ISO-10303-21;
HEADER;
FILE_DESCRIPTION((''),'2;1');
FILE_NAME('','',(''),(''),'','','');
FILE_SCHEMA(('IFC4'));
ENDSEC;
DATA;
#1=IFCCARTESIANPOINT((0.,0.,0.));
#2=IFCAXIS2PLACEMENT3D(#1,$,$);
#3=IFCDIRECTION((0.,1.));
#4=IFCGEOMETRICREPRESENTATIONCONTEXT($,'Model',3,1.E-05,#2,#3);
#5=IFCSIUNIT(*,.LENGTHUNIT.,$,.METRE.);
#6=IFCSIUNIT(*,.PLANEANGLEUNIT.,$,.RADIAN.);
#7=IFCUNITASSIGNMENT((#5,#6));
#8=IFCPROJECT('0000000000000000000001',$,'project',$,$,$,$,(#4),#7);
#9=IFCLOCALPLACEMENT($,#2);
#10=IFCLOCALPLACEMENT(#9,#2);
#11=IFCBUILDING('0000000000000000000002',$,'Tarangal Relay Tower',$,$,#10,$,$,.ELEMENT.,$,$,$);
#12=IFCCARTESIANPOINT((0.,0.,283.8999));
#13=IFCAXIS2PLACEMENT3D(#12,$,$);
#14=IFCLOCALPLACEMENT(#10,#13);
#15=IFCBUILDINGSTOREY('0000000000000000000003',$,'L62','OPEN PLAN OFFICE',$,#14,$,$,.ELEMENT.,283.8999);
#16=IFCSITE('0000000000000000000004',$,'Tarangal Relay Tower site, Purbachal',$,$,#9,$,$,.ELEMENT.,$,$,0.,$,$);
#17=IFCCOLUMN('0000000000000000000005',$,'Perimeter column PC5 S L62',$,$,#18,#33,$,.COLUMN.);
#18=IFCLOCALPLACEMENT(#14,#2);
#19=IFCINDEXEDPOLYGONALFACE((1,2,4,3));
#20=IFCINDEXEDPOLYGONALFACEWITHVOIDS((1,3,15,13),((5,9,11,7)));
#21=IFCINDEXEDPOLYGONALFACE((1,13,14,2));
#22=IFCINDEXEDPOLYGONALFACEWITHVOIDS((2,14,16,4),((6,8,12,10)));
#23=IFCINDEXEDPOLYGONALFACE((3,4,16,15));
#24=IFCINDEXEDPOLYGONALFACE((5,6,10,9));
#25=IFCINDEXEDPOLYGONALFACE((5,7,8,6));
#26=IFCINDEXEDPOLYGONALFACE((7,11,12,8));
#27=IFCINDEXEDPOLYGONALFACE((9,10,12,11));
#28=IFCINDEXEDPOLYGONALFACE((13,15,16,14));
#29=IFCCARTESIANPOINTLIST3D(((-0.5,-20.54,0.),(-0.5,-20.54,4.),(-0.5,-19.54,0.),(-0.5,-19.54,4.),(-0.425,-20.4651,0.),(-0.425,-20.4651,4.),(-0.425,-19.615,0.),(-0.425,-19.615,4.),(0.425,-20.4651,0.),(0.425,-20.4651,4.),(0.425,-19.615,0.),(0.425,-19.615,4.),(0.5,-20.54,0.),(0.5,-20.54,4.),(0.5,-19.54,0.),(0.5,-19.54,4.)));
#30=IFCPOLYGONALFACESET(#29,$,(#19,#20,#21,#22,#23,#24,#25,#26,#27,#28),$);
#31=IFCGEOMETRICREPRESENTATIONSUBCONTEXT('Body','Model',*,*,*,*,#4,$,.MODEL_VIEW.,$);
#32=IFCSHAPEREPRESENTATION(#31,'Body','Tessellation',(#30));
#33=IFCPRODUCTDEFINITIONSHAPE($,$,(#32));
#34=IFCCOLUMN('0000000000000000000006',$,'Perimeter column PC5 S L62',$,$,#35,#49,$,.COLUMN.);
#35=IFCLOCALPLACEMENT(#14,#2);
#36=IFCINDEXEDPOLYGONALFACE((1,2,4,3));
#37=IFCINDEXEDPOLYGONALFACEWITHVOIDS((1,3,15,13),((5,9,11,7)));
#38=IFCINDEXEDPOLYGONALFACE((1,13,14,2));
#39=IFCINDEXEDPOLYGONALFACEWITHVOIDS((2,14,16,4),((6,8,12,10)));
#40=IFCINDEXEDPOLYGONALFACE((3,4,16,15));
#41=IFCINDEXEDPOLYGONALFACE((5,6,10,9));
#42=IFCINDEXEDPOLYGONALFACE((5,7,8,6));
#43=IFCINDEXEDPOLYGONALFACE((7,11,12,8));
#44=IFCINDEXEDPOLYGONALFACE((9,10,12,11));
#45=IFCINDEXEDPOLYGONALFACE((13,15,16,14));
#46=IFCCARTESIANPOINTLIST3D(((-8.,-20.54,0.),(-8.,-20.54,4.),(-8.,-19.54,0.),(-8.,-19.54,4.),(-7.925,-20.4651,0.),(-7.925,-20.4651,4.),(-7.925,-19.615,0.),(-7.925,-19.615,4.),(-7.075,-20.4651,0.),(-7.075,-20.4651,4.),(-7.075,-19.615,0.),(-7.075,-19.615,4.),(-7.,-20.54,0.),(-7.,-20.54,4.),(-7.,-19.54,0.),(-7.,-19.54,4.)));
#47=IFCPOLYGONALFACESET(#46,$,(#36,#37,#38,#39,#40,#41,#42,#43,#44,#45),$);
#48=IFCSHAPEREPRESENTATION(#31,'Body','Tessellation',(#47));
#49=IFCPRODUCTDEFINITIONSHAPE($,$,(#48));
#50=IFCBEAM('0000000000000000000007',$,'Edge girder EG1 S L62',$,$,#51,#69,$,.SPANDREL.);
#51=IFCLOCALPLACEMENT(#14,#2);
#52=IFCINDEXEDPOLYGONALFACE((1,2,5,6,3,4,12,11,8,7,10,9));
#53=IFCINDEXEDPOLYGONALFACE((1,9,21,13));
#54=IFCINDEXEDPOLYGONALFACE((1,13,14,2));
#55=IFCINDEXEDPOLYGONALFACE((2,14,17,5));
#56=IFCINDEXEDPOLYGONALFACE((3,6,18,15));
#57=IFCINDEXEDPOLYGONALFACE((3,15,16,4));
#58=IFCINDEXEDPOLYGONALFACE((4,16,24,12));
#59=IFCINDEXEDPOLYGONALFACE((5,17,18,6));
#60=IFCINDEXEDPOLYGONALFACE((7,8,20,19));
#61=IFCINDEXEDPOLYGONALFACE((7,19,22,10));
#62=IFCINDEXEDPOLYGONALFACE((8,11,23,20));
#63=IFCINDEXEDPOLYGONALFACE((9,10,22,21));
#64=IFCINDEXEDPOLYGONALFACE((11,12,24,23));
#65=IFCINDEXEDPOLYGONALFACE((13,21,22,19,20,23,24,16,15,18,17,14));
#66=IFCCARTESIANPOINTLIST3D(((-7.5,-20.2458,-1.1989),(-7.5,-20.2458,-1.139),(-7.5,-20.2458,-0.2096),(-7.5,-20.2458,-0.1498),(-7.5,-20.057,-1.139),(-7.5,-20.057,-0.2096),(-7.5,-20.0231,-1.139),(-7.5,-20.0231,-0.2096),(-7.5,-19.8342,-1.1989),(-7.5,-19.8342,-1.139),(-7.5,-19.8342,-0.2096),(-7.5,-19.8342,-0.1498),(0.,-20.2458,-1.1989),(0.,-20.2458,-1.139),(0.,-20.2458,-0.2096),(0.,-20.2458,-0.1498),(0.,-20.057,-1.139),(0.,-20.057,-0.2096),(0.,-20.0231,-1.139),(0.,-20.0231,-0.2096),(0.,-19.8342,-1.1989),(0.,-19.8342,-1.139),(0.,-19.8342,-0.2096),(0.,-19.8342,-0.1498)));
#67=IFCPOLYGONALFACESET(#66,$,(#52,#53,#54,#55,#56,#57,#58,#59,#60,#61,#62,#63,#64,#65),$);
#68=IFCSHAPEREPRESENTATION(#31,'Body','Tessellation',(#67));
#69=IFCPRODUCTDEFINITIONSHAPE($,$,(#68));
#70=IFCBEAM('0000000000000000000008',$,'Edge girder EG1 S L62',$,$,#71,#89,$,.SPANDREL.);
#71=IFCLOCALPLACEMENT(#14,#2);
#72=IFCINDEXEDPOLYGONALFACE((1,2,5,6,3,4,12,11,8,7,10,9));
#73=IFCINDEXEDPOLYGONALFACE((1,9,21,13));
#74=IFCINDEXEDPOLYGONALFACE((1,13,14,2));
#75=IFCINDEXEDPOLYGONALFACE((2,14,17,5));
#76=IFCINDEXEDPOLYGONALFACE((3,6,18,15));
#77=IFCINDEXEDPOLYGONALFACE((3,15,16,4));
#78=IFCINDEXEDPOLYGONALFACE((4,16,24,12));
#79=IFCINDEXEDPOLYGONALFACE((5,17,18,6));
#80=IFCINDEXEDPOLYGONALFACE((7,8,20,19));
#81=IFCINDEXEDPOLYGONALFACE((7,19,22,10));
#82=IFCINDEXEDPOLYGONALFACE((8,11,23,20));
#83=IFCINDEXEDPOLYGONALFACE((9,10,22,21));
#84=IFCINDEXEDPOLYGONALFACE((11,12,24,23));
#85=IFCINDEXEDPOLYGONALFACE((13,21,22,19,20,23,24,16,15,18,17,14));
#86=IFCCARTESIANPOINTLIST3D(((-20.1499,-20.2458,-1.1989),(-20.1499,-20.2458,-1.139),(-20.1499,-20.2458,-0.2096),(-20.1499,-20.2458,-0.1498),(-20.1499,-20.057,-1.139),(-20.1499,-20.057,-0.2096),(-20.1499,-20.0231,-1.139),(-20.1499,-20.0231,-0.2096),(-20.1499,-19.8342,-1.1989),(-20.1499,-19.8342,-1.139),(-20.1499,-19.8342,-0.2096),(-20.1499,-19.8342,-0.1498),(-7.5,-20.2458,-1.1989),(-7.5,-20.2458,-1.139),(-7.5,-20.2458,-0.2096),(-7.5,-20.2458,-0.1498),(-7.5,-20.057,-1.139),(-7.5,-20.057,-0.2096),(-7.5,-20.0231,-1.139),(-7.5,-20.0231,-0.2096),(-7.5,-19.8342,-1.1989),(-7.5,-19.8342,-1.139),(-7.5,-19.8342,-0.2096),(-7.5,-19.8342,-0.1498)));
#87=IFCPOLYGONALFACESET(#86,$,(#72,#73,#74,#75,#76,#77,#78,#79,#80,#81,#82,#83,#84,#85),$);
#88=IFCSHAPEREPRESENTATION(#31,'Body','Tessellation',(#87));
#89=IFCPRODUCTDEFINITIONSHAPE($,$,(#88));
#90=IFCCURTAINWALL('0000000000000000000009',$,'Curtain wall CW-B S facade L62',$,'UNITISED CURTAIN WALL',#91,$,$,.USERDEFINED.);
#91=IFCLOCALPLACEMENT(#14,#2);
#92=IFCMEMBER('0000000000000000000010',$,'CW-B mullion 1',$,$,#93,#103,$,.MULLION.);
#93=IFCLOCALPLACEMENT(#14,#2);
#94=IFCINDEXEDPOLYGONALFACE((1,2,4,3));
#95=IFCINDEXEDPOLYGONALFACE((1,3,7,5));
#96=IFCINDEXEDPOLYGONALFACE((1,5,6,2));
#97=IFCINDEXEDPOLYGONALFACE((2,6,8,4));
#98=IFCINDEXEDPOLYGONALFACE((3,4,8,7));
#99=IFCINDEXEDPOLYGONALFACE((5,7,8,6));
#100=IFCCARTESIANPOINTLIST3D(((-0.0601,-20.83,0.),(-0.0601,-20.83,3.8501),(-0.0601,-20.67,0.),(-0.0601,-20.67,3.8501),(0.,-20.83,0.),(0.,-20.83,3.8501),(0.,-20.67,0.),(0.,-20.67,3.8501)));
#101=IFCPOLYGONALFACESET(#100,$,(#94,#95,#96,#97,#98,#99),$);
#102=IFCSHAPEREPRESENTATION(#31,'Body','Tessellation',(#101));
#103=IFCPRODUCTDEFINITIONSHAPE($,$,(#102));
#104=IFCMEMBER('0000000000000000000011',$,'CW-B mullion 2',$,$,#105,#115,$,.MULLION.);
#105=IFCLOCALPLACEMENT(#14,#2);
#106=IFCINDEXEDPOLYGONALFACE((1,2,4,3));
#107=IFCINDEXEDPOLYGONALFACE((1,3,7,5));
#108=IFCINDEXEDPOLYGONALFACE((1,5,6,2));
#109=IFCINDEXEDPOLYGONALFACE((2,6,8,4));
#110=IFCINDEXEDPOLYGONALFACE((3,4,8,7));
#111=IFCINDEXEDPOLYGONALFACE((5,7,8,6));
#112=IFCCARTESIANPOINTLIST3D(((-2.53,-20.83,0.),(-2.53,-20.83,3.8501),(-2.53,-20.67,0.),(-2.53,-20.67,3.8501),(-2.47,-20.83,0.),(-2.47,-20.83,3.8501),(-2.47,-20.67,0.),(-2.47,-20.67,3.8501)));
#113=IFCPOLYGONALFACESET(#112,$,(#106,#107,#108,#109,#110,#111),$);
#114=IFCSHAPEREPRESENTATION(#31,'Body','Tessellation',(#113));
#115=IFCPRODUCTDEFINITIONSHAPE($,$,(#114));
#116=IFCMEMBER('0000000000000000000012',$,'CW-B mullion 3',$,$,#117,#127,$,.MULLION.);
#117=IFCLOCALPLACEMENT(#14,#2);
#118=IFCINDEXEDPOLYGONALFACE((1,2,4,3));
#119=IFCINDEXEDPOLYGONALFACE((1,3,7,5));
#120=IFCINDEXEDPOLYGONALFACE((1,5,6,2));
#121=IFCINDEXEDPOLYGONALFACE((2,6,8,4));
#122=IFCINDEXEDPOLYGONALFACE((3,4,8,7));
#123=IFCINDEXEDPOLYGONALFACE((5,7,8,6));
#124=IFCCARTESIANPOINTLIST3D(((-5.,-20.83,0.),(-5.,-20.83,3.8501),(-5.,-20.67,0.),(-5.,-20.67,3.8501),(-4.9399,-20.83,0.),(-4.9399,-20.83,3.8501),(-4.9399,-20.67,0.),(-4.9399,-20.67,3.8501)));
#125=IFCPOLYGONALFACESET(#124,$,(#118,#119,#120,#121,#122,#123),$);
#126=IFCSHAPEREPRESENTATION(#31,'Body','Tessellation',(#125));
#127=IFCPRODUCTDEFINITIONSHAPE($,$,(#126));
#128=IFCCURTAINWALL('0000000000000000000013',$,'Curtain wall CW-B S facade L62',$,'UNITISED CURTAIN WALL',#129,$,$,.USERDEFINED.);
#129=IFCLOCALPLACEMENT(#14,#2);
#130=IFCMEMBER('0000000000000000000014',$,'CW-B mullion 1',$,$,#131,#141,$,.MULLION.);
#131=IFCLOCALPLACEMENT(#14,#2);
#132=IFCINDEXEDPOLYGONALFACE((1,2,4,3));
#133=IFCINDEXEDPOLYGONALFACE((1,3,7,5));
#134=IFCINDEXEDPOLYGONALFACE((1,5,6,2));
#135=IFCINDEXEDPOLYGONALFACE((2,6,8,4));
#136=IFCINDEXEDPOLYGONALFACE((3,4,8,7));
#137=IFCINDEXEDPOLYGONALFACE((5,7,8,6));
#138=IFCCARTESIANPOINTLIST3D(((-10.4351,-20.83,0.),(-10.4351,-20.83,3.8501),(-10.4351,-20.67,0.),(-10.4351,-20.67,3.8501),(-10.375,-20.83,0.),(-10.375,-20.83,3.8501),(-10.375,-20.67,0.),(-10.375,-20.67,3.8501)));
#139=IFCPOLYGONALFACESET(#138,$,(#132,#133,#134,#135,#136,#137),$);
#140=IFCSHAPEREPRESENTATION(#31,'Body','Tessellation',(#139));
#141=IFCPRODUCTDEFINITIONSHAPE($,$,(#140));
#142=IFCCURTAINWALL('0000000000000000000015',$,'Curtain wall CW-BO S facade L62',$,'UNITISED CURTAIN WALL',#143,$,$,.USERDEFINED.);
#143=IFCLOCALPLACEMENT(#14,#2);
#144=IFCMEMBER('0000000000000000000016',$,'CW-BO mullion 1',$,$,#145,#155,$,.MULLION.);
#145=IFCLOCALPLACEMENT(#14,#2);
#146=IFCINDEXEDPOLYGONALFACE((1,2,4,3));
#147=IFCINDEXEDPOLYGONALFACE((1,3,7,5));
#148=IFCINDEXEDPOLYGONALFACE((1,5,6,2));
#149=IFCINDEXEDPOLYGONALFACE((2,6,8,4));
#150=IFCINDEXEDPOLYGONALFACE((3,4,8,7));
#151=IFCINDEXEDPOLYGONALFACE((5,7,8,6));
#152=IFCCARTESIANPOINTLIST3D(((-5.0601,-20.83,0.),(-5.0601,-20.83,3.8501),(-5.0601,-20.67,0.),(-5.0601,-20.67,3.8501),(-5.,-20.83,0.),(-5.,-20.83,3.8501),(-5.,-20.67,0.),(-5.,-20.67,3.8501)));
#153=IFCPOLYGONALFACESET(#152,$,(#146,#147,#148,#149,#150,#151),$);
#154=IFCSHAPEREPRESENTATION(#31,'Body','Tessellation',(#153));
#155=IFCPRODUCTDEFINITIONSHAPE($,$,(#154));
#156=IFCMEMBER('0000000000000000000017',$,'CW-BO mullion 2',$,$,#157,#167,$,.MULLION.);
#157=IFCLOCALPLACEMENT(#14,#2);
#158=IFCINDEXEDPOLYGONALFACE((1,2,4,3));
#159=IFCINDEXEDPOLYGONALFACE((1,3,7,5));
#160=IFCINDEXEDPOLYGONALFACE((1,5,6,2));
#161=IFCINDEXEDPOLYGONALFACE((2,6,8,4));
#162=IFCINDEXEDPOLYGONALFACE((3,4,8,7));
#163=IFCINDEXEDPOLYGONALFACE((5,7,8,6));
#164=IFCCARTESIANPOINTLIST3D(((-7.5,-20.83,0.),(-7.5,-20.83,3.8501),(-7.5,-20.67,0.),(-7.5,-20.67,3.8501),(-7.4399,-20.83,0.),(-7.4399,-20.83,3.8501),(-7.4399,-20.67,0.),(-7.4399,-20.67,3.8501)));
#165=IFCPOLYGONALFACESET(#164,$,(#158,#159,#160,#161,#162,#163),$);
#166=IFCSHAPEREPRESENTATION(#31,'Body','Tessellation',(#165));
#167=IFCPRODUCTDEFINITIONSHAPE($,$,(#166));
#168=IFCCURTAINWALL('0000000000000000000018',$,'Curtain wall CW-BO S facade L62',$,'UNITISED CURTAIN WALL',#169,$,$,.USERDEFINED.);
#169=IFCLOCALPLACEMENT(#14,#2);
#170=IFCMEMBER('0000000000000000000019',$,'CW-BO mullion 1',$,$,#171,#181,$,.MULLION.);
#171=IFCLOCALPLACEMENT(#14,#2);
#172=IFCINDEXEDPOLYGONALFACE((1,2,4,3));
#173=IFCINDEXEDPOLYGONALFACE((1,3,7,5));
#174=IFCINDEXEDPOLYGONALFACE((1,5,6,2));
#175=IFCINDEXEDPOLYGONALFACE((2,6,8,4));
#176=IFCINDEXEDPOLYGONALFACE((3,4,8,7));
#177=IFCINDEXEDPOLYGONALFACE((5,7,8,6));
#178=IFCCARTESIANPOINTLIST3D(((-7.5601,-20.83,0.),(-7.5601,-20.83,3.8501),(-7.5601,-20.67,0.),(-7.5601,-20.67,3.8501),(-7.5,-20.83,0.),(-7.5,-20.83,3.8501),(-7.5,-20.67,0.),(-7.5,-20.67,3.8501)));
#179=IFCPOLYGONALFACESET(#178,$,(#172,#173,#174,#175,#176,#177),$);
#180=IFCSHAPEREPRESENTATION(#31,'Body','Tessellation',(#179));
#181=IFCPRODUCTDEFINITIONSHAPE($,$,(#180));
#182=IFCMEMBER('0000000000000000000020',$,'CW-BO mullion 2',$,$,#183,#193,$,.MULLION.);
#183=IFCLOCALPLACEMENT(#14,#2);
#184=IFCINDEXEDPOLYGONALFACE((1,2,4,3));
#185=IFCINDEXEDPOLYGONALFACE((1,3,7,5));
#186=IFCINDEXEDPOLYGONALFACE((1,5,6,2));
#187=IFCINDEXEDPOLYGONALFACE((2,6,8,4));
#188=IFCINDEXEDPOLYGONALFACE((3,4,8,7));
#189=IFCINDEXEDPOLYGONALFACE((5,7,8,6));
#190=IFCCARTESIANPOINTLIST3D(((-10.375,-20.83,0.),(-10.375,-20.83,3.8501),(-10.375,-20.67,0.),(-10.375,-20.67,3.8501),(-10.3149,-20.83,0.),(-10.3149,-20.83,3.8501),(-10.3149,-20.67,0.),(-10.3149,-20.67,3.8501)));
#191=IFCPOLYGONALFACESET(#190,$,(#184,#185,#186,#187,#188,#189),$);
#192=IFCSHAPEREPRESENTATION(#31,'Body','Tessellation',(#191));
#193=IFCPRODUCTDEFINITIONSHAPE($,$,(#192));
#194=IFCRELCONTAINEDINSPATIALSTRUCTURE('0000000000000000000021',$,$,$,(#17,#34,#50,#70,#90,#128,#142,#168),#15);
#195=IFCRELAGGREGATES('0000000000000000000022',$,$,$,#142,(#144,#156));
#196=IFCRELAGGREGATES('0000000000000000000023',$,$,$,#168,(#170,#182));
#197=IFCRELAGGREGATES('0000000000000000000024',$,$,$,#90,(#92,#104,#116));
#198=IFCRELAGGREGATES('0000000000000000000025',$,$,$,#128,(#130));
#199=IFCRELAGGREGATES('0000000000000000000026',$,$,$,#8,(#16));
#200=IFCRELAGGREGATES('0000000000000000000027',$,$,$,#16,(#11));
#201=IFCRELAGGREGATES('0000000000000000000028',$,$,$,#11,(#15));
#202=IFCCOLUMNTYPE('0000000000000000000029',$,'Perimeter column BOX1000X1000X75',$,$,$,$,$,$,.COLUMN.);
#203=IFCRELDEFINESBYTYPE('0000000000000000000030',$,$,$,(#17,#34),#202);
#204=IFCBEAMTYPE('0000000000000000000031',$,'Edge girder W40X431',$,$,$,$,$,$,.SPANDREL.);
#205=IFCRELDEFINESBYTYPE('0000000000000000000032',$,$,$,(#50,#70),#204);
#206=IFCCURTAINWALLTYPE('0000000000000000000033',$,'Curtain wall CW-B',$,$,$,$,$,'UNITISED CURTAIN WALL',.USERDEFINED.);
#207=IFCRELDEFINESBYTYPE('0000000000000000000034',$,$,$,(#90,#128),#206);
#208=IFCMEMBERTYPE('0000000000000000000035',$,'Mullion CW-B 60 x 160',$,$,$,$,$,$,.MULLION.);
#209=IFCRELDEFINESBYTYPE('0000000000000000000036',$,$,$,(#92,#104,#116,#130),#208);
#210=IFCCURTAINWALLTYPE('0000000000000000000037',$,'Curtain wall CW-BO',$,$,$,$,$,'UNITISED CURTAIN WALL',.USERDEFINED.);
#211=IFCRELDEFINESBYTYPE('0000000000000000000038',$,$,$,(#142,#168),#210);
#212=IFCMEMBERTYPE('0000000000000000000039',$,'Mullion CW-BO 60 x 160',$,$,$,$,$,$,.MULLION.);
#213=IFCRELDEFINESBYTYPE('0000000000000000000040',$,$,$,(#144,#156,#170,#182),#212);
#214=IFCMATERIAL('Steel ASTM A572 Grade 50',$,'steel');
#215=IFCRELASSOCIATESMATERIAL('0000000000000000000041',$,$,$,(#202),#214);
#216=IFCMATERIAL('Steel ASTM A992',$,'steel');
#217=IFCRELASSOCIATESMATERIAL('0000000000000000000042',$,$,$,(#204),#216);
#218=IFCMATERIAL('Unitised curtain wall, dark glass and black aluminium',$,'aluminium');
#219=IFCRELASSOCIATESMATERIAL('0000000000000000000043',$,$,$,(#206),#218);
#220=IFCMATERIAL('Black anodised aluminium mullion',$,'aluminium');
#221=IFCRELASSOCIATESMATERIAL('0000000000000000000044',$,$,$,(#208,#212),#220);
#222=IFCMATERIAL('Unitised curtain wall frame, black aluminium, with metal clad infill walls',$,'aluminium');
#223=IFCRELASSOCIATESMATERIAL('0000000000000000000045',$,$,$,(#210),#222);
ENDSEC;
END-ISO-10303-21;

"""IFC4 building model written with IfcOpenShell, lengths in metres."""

from ifc_helpers import new_model, si_unit, direction, frame, origin, origin_2d, place, context, subcontext, project, spatial, rectangle, hollow_rectangle, i_section, extrude, material, material_profile, profile_set, type_object, element, aggregate, save


model = new_model("IFC4")

# Units and contexts
model_context = context("Model", 3, precision=1e-05, world=origin(), true_north=direction((0.0, 1.0)))
body_context = subcontext(model_context, "Body", "Model", "MODEL_VIEW")
ifc_project = project(units=[si_unit("LENGTHUNIT", "METRE"), si_unit("PLANEANGLEUNIT", "RADIAN")], contexts=[model_context])

# Site, building, storey
site_placement = place(None, origin())
site = spatial("IfcSite", under=ifc_project, at=site_placement, Name="Tarangal Relay Tower site, Purbachal", CompositionType="ELEMENT", RefElevation=0.0)
building_placement = place(site_placement, origin())
building = spatial("IfcBuilding", under=site, at=building_placement, Name="Tarangal Relay Tower", CompositionType="ELEMENT")
storey_placement = place(building_placement, frame((0.0, 0.0, 283.8999)))
storey = spatial("IfcBuildingStorey", under=building, at=storey_placement, Name="L62", Description="OPEN PLAN OFFICE", CompositionType="ELEMENT", Elevation=283.8999)

# Columns
ifc_material_1 = material(Name="Steel ASTM A572 Grade 50", Category="steel")
ifc_material_profile_1 = material_profile(ifc_material_1, hollow_rectangle(XDim=1.0, YDim=1.0, WallThickness=0.075, at=origin_2d()), Name="BOX1000X1000X75")
ifc_profile_set_1 = profile_set([ifc_material_profile_1], Name="Steel ASTM A572 Grade 50")
column_type = type_object("IfcColumnType", Name="Perimeter column BOX1000X1000X75", PredefinedType="COLUMN", material=ifc_profile_set_1)
for number, where, z_axis, x_axis, name in (
    (1, (0.0, -20.04, 0.0), (0.0, 0.0, 1.0), (1.0, 0.0, 0.0), "Perimeter column PC5 S L62"),
    (2, (-7.5, -20.04, 0.0), (0.0, 0.0, 1.0), (1.0, 0.0, 0.0), "Perimeter column PC5 S L62"),
):
    element("IfcColumn", number, at=place(storey_placement, frame(where, z_axis=z_axis, x_axis=x_axis)), inside=storey, type_object=column_type, Name=name, PredefinedType="COLUMN", context=body_context, shape_type="SweptSolid", body=[
        extrude(hollow_rectangle(XDim=1.0, YDim=1.0, WallThickness=0.075, at=origin_2d()), origin(), (0.0, 0.0, 1.0), 4.0),
    ])

# Beams
ifc_material_2 = material(Name="Steel ASTM A992", Category="steel")
ifc_material_profile_2 = material_profile(ifc_material_2, i_section(OverallWidth=0.4116, OverallDepth=1.0491, WebThickness=0.0339, FlangeThickness=0.0598, at=origin_2d()), Name="W40X431")
ifc_profile_set_2 = profile_set([ifc_material_profile_2], Name="Steel ASTM A992")
beam_type = type_object("IfcBeamType", Name="Edge girder W40X431", PredefinedType="SPANDREL", material=ifc_profile_set_2)
beam_1_placement = place(storey_placement, frame((0.0, -20.04, -0.6743), z_axis=(-1.0, 0.0, 0.0), x_axis=(0.0, -1.0, 0.0)))
element("IfcBeam", 3, at=beam_1_placement, inside=storey, type_object=beam_type, Name="Edge girder EG1 S L62", PredefinedType="SPANDREL", context=body_context, shape_type="SweptSolid", body=[
    extrude(i_section(OverallWidth=0.4116, OverallDepth=1.0491, WebThickness=0.0339, FlangeThickness=0.0598, at=origin_2d()), origin(), (0.0, 0.0, 1.0), 7.5),
])
beam_2_placement = place(storey_placement, frame((-7.5, -20.04, -0.6743), z_axis=(-1.0, 0.0, 0.0), x_axis=(0.0, -1.0, 0.0)))
element("IfcBeam", 4, at=beam_2_placement, inside=storey, type_object=beam_type, Name="Edge girder EG1 S L62", PredefinedType="SPANDREL", context=body_context, shape_type="SweptSolid", body=[
    extrude(i_section(OverallWidth=0.4116, OverallDepth=1.0491, WebThickness=0.0339, FlangeThickness=0.0598, at=origin_2d()), origin(), (0.0, 0.0, 1.0), 12.6499),
])

# Curtain wall, members
ifc_material_3 = material(Name="Unitised curtain wall, dark glass and black aluminium", Category="aluminium")
curtain_wall_type_1 = type_object("IfcCurtainWallType", Name="Curtain wall CW-B", ElementType="UNITISED CURTAIN WALL", PredefinedType="USERDEFINED", material=ifc_material_3)
curtain_wall_1_placement = place(storey_placement, origin())
curtain_wall_1 = element("IfcCurtainWall", 5, at=curtain_wall_1_placement, inside=storey, type_object=curtain_wall_type_1, Name="Curtain wall CW-B S facade L62", ObjectType="UNITISED CURTAIN WALL", PredefinedType="USERDEFINED")
ifc_material_4 = material(Name="Black anodised aluminium mullion", Category="aluminium")
ifc_material_profile_3 = material_profile(ifc_material_4, rectangle(XDim=0.1599, YDim=0.0601, at=origin_2d()), Name="CW-BM 60X160")
ifc_profile_set_3 = profile_set([ifc_material_profile_3], Name="Black anodised aluminium mullion")
member_type_1 = type_object("IfcMemberType", Name="Mullion CW-B 60 x 160", PredefinedType="MULLION", material=ifc_profile_set_3)
member_1_placement = place(storey_placement, frame((-0.03, -20.75, 0.0), z_axis=(0.0, 0.0, 1.0), x_axis=(0.0, -1.0, 0.0)))
member_1 = element("IfcMember", 6, at=member_1_placement, type_object=member_type_1, Name="CW-B mullion 1", PredefinedType="MULLION", context=body_context, shape_type="SweptSolid", body=[
    extrude(rectangle(XDim=0.1599, YDim=0.0601, at=origin_2d()), origin(), (0.0, 0.0, 1.0), 3.8501),
])
member_2_placement = place(storey_placement, frame((-2.5, -20.75, 0.0), z_axis=(0.0, 0.0, 1.0), x_axis=(0.0, -1.0, 0.0)))
member_2 = element("IfcMember", 7, at=member_2_placement, type_object=member_type_1, Name="CW-B mullion 2", PredefinedType="MULLION", context=body_context, shape_type="SweptSolid", body=[
    extrude(rectangle(XDim=0.1599, YDim=0.0601, at=origin_2d()), origin(), (0.0, 0.0, 1.0), 3.8501),
])
member_3_placement = place(storey_placement, frame((-4.97, -20.75, 0.0), z_axis=(0.0, 0.0, 1.0), x_axis=(0.0, -1.0, 0.0)))
member_3 = element("IfcMember", 8, at=member_3_placement, type_object=member_type_1, Name="CW-B mullion 3", PredefinedType="MULLION", context=body_context, shape_type="SweptSolid", body=[
    extrude(rectangle(XDim=0.1599, YDim=0.0601, at=origin_2d()), origin(), (0.0, 0.0, 1.0), 3.8501),
])

# Curtain wall, member
curtain_wall_2_placement = place(storey_placement, origin())
curtain_wall_2 = element("IfcCurtainWall", 9, at=curtain_wall_2_placement, inside=storey, type_object=curtain_wall_type_1, Name="Curtain wall CW-B S facade L62", ObjectType="UNITISED CURTAIN WALL", PredefinedType="USERDEFINED")
member_4_placement = place(storey_placement, frame((-10.405, -20.75, 0.0), z_axis=(0.0, 0.0, 1.0), x_axis=(0.0, -1.0, 0.0)))
member_4 = element("IfcMember", 10, at=member_4_placement, type_object=member_type_1, Name="CW-B mullion 1", PredefinedType="MULLION", context=body_context, shape_type="SweptSolid", body=[
    extrude(rectangle(XDim=0.1599, YDim=0.0601, at=origin_2d()), origin(), (0.0, 0.0, 1.0), 3.8501),
])

# Curtain walls, members
ifc_material_5 = material(Name="Unitised curtain wall frame, black aluminium, with metal clad infill walls", Category="aluminium")
curtain_wall_type_2 = type_object("IfcCurtainWallType", Name="Curtain wall CW-BO", ElementType="UNITISED CURTAIN WALL", PredefinedType="USERDEFINED", material=ifc_material_5)
curtain_wall_3_placement = place(storey_placement, origin())
curtain_wall_3 = element("IfcCurtainWall", 11, at=curtain_wall_3_placement, inside=storey, type_object=curtain_wall_type_2, Name="Curtain wall CW-BO S facade L62", ObjectType="UNITISED CURTAIN WALL", PredefinedType="USERDEFINED")
ifc_material_profile_4 = material_profile(ifc_material_4, rectangle(XDim=0.1599, YDim=0.0601, at=origin_2d()), Name="CW-BOM 60X160")
ifc_profile_set_4 = profile_set([ifc_material_profile_4], Name="Black anodised aluminium mullion")
member_type_2 = type_object("IfcMemberType", Name="Mullion CW-BO 60 x 160", PredefinedType="MULLION", material=ifc_profile_set_4)
member_5_placement = place(storey_placement, frame((-5.03, -20.75, 0.0), z_axis=(0.0, 0.0, 1.0), x_axis=(0.0, -1.0, 0.0)))
member_5 = element("IfcMember", 12, at=member_5_placement, type_object=member_type_2, Name="CW-BO mullion 1", PredefinedType="MULLION", context=body_context, shape_type="SweptSolid", body=[
    extrude(rectangle(XDim=0.1599, YDim=0.0601, at=origin_2d()), origin(), (0.0, 0.0, 1.0), 3.8501),
])
member_6_placement = place(storey_placement, frame((-7.47, -20.75, 0.0), z_axis=(0.0, 0.0, 1.0), x_axis=(0.0, -1.0, 0.0)))
member_6 = element("IfcMember", 13, at=member_6_placement, type_object=member_type_2, Name="CW-BO mullion 2", PredefinedType="MULLION", context=body_context, shape_type="SweptSolid", body=[
    extrude(rectangle(XDim=0.1599, YDim=0.0601, at=origin_2d()), origin(), (0.0, 0.0, 1.0), 3.8501),
])
curtain_wall_4_placement = place(storey_placement, origin())
curtain_wall_4 = element("IfcCurtainWall", 14, at=curtain_wall_4_placement, inside=storey, type_object=curtain_wall_type_2, Name="Curtain wall CW-BO S facade L62", ObjectType="UNITISED CURTAIN WALL", PredefinedType="USERDEFINED")
member_7_placement = place(storey_placement, frame((-7.53, -20.75, 0.0), z_axis=(0.0, 0.0, 1.0), x_axis=(0.0, -1.0, 0.0)))
member_7 = element("IfcMember", 15, at=member_7_placement, type_object=member_type_2, Name="CW-BO mullion 1", PredefinedType="MULLION", context=body_context, shape_type="SweptSolid", body=[
    extrude(rectangle(XDim=0.1599, YDim=0.0601, at=origin_2d()), origin(), (0.0, 0.0, 1.0), 3.8501),
])
member_8_placement = place(storey_placement, frame((-10.345, -20.75, 0.0), z_axis=(0.0, 0.0, 1.0), x_axis=(0.0, -1.0, 0.0)))
member_8 = element("IfcMember", 16, at=member_8_placement, type_object=member_type_2, Name="CW-BO mullion 2", PredefinedType="MULLION", context=body_context, shape_type="SweptSolid", body=[
    extrude(rectangle(XDim=0.1599, YDim=0.0601, at=origin_2d()), origin(), (0.0, 0.0, 1.0), 3.8501),
])

aggregate(curtain_wall_3, [member_5, member_6])
aggregate(curtain_wall_4, [member_7, member_8])

aggregate(curtain_wall_1, [member_1, member_2, member_3])
aggregate(curtain_wall_2, [member_4])

save(model, "model.ifc")
